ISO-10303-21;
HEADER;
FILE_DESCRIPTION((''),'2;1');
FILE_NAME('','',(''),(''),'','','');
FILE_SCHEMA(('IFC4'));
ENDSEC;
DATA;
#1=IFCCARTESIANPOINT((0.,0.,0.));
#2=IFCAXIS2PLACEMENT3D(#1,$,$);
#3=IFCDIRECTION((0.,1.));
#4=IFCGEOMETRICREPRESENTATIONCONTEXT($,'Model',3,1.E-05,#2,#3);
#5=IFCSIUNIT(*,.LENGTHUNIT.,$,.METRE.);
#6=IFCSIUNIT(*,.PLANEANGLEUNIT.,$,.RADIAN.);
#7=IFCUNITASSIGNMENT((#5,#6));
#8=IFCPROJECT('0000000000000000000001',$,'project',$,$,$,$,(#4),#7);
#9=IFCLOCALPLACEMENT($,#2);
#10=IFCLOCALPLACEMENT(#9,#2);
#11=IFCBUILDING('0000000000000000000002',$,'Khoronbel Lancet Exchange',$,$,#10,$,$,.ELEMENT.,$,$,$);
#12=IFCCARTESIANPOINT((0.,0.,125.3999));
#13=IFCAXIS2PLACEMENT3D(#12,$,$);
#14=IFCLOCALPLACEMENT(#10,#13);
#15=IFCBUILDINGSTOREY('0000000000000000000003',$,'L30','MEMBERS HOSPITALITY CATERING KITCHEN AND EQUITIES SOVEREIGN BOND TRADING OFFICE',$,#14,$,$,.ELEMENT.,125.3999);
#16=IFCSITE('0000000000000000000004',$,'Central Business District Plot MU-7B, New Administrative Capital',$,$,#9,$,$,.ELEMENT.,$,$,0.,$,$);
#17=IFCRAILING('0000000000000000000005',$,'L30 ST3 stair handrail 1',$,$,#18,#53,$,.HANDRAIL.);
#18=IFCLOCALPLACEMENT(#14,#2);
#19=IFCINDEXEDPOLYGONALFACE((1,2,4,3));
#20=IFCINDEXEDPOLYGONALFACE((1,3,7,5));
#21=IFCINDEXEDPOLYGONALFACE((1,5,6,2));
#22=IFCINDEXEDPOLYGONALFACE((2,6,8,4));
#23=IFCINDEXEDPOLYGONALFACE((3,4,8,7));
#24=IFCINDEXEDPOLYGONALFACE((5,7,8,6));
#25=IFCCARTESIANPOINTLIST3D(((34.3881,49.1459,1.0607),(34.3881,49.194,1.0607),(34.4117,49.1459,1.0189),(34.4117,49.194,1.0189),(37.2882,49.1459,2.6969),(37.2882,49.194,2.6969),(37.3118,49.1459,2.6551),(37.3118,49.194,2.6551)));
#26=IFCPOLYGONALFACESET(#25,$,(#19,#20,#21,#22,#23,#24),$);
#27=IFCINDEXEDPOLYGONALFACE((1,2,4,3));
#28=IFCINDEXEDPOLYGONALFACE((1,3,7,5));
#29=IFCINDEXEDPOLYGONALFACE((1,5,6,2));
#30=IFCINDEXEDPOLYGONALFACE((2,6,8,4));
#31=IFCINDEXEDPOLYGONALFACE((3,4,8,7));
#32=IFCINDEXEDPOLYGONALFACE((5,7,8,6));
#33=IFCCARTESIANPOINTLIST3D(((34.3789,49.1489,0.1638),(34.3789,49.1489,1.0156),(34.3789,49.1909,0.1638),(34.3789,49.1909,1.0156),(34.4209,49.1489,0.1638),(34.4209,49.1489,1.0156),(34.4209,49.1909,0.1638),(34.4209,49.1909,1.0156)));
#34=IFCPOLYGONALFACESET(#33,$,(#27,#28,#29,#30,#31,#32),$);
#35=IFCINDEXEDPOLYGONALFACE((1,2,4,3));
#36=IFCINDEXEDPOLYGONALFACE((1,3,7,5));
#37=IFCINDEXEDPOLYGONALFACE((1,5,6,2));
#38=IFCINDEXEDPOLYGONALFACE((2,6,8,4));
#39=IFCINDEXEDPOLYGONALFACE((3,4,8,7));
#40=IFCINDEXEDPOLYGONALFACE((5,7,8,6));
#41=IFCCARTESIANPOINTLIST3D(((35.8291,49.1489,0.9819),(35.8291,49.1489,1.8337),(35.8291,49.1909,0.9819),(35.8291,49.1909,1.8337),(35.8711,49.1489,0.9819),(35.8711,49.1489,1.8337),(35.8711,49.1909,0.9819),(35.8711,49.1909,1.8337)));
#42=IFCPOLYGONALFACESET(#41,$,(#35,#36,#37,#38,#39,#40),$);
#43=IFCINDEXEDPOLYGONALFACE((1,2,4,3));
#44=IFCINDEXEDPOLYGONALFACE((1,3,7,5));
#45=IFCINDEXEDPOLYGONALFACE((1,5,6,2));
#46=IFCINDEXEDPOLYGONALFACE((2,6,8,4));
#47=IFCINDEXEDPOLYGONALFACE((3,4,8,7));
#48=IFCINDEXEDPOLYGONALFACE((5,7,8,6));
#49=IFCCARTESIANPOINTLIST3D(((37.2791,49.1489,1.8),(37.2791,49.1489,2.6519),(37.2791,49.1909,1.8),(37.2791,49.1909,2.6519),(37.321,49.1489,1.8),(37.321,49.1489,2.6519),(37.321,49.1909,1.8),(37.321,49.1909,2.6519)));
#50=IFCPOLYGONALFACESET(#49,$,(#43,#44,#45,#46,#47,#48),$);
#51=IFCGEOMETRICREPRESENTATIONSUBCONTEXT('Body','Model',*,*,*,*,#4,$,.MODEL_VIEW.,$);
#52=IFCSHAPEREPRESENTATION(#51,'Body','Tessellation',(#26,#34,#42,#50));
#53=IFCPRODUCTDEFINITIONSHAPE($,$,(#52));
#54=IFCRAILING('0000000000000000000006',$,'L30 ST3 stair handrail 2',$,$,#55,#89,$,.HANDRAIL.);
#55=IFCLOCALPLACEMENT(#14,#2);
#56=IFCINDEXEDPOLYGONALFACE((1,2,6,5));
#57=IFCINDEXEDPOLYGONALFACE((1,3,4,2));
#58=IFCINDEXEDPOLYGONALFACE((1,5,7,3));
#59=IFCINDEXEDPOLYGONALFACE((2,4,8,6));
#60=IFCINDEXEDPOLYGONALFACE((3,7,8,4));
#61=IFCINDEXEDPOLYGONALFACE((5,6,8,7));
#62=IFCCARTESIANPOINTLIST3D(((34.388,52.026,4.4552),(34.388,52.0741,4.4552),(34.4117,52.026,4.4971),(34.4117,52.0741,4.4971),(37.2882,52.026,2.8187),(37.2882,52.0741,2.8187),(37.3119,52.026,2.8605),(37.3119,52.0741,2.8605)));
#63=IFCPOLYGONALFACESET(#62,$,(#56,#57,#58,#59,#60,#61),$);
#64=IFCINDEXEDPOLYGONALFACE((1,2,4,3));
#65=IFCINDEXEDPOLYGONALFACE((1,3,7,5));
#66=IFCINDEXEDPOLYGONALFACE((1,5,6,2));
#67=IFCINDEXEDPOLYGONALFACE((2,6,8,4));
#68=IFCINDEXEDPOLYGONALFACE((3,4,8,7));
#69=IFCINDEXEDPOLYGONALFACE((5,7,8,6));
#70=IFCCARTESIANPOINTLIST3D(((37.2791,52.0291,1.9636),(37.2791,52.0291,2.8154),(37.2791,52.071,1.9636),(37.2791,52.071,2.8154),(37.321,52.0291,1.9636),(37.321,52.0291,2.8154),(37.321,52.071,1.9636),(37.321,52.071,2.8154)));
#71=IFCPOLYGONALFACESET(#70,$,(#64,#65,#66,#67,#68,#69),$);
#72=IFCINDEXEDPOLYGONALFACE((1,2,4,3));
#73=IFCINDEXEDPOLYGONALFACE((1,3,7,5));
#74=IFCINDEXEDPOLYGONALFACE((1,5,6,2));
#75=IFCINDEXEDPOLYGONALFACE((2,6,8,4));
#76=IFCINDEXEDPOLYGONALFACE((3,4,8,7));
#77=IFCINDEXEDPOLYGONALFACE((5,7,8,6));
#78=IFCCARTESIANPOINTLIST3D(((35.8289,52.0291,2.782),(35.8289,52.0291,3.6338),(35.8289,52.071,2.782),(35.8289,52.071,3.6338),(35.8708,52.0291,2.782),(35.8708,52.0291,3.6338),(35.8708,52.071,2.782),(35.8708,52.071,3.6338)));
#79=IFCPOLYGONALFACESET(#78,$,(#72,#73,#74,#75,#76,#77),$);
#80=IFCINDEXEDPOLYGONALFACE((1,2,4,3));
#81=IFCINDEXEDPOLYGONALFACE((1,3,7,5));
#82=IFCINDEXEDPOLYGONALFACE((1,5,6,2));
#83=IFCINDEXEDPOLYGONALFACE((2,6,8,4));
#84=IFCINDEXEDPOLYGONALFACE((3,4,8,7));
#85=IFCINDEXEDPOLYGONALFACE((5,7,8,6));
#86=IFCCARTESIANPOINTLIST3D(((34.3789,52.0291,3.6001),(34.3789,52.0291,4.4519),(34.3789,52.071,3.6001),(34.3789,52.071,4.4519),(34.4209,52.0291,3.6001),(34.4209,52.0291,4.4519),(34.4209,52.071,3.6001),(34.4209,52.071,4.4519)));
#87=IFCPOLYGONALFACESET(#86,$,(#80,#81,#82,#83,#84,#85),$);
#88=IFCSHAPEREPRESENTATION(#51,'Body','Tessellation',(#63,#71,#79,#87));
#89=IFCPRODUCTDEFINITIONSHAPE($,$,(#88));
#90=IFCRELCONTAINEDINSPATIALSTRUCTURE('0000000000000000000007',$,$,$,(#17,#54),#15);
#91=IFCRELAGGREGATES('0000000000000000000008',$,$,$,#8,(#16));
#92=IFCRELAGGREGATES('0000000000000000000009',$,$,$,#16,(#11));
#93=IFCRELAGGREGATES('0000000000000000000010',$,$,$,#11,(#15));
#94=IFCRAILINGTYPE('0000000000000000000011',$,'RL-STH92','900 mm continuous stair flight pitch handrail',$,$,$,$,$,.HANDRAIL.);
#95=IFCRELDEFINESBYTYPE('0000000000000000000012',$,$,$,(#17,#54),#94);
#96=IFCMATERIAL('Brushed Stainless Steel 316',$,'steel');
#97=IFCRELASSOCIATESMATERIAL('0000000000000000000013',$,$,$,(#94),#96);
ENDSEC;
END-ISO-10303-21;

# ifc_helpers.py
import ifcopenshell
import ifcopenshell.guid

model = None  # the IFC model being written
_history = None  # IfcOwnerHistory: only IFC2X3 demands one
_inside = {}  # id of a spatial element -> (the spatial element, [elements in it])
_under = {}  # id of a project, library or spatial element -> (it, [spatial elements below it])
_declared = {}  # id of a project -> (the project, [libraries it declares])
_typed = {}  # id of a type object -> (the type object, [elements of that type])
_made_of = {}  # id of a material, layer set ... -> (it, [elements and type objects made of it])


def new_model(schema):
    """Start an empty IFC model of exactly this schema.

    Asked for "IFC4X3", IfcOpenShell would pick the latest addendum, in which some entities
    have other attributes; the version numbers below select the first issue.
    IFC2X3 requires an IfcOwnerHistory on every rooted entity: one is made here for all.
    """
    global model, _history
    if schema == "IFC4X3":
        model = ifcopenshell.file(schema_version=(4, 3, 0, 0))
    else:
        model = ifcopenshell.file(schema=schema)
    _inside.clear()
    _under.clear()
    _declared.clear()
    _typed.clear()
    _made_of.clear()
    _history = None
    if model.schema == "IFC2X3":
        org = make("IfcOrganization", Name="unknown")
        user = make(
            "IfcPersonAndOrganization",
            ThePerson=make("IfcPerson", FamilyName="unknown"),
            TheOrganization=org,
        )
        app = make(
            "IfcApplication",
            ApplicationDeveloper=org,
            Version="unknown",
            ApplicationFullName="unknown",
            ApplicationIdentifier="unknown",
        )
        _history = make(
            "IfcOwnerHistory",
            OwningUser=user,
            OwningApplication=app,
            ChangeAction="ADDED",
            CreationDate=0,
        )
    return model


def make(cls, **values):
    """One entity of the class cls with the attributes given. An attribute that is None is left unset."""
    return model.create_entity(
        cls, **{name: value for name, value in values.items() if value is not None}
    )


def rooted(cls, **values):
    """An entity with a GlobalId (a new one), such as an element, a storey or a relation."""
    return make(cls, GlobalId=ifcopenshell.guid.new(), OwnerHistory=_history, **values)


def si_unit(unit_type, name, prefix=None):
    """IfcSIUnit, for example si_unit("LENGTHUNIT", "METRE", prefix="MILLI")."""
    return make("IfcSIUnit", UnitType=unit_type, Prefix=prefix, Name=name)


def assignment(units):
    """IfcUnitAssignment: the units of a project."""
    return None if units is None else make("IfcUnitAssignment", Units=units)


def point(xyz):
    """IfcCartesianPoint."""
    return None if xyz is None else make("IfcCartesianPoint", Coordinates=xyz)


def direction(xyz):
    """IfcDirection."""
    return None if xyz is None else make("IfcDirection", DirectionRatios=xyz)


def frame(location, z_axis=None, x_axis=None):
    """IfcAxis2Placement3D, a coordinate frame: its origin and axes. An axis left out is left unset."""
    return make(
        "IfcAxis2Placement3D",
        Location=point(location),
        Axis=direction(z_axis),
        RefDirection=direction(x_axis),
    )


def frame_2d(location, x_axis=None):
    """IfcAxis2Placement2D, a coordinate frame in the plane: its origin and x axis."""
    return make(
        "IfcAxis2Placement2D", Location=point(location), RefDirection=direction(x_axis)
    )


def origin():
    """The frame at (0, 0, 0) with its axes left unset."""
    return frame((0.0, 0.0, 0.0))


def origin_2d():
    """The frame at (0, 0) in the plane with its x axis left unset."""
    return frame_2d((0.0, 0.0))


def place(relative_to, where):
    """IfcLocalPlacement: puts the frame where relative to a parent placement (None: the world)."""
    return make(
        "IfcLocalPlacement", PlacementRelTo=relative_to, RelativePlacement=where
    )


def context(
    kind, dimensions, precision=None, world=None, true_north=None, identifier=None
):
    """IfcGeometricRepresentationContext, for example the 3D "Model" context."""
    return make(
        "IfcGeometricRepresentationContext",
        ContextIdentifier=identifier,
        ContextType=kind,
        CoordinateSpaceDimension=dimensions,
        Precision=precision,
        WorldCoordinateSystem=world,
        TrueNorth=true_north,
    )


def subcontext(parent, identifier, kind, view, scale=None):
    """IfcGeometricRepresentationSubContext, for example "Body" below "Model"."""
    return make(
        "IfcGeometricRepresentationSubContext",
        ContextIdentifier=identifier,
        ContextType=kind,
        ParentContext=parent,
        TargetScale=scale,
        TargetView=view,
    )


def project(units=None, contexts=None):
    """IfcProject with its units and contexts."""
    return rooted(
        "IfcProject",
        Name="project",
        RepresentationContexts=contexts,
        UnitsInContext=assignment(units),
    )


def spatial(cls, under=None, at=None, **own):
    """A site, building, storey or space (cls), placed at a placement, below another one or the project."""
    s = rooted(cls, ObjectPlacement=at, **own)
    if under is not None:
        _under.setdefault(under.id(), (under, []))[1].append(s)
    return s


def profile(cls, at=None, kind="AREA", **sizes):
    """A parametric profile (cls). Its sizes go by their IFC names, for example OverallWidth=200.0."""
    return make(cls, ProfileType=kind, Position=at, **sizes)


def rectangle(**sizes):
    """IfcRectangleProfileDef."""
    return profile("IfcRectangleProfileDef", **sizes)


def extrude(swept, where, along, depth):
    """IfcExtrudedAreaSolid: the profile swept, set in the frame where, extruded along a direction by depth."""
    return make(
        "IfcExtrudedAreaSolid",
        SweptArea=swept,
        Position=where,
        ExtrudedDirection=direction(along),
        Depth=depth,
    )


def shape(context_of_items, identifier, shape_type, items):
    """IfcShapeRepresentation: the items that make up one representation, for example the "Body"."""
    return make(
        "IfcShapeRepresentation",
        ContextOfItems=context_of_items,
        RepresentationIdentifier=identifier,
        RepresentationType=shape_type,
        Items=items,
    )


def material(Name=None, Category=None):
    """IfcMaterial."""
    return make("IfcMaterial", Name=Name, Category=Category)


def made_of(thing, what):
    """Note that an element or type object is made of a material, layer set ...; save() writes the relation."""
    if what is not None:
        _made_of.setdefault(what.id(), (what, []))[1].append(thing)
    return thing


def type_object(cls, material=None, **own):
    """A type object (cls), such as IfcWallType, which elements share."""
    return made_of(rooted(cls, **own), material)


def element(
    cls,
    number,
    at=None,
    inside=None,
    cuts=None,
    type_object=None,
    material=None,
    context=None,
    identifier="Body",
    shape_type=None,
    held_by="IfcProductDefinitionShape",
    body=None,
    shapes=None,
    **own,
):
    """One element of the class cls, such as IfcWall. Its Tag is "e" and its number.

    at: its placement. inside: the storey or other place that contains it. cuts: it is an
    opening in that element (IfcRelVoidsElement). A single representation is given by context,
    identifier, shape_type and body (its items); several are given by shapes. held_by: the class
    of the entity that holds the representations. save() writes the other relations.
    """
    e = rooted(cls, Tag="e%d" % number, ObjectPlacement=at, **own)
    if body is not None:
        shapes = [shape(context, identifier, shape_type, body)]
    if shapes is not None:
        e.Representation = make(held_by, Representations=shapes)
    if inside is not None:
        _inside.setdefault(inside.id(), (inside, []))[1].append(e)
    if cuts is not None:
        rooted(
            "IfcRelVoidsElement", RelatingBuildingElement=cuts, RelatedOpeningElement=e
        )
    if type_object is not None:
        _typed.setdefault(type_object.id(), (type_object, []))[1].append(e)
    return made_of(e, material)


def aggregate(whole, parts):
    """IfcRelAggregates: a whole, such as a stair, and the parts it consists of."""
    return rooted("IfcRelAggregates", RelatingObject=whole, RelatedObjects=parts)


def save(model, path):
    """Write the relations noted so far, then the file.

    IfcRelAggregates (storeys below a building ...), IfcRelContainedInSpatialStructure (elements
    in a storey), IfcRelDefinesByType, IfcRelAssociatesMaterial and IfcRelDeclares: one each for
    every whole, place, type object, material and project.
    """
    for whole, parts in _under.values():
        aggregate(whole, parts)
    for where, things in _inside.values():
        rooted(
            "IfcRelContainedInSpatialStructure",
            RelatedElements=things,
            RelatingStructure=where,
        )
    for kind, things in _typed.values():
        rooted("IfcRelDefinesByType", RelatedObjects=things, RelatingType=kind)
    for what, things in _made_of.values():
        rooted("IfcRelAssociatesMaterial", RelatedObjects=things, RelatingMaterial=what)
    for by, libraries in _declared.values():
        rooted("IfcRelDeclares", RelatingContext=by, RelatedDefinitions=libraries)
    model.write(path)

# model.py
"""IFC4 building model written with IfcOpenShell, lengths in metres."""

from ifc_helpers import new_model, si_unit, direction, frame, origin, origin_2d, place, context, subcontext, project, spatial, rectangle, extrude, material, type_object, element, save


model = new_model("IFC4")

# Units and contexts
model_context = context("Model", 3, precision=1e-05, world=origin(), true_north=direction((0.0, 1.0)))
body_context = subcontext(model_context, "Body", "Model", "MODEL_VIEW")
ifc_project = project(units=[si_unit("LENGTHUNIT", "METRE"), si_unit("PLANEANGLEUNIT", "RADIAN")], contexts=[model_context])

# Site, building, storey
site_placement = place(None, origin())
site = spatial("IfcSite", under=ifc_project, at=site_placement, Name="Central Business District Plot MU-7B, New Administrative Capital", CompositionType="ELEMENT", RefElevation=0.0)
building_placement = place(site_placement, origin())
building = spatial("IfcBuilding", under=site, at=building_placement, Name="Khoronbel Lancet Exchange", CompositionType="ELEMENT")
storey_placement = place(building_placement, frame((0.0, 0.0, 125.3999)))
storey = spatial("IfcBuildingStorey", under=building, at=storey_placement, Name="L30", Description="MEMBERS HOSPITALITY CATERING KITCHEN AND EQUITIES SOVEREIGN BOND TRADING OFFICE", CompositionType="ELEMENT", Elevation=125.3999)

# Railings
ifc_material_1 = material(Name="Brushed Stainless Steel 316", Category="steel")
railing_type_1 = type_object("IfcRailingType", Name="RL-STH92", Description="900 mm continuous stair flight pitch handrail", PredefinedType="HANDRAIL", material=ifc_material_1)
railing_1_placement = place(storey_placement, frame((34.3999, 49.1699, 0.1638)))
element("IfcRailing", 1, at=railing_1_placement, inside=storey, type_object=railing_type_1, Name="L30 ST3 stair handrail 1", PredefinedType="HANDRAIL", context=body_context, shape_type="SweptSolid", body=[
    extrude(rectangle(XDim=0.0481, YDim=0.0481, at=origin_2d()), frame((0.0, 0.0, 0.876), z_axis=(0.870946, 0.0, 0.491378), x_axis=(0.0, 1.0, 0.0)), (0.0, 0.0, 1.0), 3.3298),
    extrude(rectangle(XDim=0.042, YDim=0.042, at=origin_2d()), origin(), (0.0, 0.0, 1.0), 0.8518),
    extrude(rectangle(XDim=0.042, YDim=0.042, at=origin_2d()), frame((1.4502, 0.0, 0.8181)), (0.0, 0.0, 1.0), 0.8518),
    extrude(rectangle(XDim=0.042, YDim=0.042, at=origin_2d()), frame((2.9001, 0.0, 1.6362)), (0.0, 0.0, 1.0), 0.8518),
])
railing_2_placement = place(storey_placement, frame((37.3, 52.05, 1.9636)))
element("IfcRailing", 2, at=railing_2_placement, inside=storey, type_object=railing_type_1, Name="L30 ST3 stair handrail 2", PredefinedType="HANDRAIL", context=body_context, shape_type="SweptSolid", body=[
    extrude(rectangle(XDim=0.0481, YDim=0.0481, at=origin_2d()), frame((0.0, 0.0, 0.876), z_axis=(-0.870915, 0.0, 0.491434), x_axis=(0.0, -1.0, 0.0)), (0.0, 0.0, 1.0), 3.3301),
    extrude(rectangle(XDim=0.042, YDim=0.042, at=origin_2d()), origin(), (0.0, 0.0, 1.0), 0.8518),
    extrude(rectangle(XDim=0.042, YDim=0.042, at=origin_2d()), frame((-1.4502, 0.0, 0.8184)), (0.0, 0.0, 1.0), 0.8518),
    extrude(rectangle(XDim=0.042, YDim=0.042, at=origin_2d()), frame((-2.9001, 0.0, 1.6365)), (0.0, 0.0, 1.0), 0.8518),
])

save(model, "model.ifc")
